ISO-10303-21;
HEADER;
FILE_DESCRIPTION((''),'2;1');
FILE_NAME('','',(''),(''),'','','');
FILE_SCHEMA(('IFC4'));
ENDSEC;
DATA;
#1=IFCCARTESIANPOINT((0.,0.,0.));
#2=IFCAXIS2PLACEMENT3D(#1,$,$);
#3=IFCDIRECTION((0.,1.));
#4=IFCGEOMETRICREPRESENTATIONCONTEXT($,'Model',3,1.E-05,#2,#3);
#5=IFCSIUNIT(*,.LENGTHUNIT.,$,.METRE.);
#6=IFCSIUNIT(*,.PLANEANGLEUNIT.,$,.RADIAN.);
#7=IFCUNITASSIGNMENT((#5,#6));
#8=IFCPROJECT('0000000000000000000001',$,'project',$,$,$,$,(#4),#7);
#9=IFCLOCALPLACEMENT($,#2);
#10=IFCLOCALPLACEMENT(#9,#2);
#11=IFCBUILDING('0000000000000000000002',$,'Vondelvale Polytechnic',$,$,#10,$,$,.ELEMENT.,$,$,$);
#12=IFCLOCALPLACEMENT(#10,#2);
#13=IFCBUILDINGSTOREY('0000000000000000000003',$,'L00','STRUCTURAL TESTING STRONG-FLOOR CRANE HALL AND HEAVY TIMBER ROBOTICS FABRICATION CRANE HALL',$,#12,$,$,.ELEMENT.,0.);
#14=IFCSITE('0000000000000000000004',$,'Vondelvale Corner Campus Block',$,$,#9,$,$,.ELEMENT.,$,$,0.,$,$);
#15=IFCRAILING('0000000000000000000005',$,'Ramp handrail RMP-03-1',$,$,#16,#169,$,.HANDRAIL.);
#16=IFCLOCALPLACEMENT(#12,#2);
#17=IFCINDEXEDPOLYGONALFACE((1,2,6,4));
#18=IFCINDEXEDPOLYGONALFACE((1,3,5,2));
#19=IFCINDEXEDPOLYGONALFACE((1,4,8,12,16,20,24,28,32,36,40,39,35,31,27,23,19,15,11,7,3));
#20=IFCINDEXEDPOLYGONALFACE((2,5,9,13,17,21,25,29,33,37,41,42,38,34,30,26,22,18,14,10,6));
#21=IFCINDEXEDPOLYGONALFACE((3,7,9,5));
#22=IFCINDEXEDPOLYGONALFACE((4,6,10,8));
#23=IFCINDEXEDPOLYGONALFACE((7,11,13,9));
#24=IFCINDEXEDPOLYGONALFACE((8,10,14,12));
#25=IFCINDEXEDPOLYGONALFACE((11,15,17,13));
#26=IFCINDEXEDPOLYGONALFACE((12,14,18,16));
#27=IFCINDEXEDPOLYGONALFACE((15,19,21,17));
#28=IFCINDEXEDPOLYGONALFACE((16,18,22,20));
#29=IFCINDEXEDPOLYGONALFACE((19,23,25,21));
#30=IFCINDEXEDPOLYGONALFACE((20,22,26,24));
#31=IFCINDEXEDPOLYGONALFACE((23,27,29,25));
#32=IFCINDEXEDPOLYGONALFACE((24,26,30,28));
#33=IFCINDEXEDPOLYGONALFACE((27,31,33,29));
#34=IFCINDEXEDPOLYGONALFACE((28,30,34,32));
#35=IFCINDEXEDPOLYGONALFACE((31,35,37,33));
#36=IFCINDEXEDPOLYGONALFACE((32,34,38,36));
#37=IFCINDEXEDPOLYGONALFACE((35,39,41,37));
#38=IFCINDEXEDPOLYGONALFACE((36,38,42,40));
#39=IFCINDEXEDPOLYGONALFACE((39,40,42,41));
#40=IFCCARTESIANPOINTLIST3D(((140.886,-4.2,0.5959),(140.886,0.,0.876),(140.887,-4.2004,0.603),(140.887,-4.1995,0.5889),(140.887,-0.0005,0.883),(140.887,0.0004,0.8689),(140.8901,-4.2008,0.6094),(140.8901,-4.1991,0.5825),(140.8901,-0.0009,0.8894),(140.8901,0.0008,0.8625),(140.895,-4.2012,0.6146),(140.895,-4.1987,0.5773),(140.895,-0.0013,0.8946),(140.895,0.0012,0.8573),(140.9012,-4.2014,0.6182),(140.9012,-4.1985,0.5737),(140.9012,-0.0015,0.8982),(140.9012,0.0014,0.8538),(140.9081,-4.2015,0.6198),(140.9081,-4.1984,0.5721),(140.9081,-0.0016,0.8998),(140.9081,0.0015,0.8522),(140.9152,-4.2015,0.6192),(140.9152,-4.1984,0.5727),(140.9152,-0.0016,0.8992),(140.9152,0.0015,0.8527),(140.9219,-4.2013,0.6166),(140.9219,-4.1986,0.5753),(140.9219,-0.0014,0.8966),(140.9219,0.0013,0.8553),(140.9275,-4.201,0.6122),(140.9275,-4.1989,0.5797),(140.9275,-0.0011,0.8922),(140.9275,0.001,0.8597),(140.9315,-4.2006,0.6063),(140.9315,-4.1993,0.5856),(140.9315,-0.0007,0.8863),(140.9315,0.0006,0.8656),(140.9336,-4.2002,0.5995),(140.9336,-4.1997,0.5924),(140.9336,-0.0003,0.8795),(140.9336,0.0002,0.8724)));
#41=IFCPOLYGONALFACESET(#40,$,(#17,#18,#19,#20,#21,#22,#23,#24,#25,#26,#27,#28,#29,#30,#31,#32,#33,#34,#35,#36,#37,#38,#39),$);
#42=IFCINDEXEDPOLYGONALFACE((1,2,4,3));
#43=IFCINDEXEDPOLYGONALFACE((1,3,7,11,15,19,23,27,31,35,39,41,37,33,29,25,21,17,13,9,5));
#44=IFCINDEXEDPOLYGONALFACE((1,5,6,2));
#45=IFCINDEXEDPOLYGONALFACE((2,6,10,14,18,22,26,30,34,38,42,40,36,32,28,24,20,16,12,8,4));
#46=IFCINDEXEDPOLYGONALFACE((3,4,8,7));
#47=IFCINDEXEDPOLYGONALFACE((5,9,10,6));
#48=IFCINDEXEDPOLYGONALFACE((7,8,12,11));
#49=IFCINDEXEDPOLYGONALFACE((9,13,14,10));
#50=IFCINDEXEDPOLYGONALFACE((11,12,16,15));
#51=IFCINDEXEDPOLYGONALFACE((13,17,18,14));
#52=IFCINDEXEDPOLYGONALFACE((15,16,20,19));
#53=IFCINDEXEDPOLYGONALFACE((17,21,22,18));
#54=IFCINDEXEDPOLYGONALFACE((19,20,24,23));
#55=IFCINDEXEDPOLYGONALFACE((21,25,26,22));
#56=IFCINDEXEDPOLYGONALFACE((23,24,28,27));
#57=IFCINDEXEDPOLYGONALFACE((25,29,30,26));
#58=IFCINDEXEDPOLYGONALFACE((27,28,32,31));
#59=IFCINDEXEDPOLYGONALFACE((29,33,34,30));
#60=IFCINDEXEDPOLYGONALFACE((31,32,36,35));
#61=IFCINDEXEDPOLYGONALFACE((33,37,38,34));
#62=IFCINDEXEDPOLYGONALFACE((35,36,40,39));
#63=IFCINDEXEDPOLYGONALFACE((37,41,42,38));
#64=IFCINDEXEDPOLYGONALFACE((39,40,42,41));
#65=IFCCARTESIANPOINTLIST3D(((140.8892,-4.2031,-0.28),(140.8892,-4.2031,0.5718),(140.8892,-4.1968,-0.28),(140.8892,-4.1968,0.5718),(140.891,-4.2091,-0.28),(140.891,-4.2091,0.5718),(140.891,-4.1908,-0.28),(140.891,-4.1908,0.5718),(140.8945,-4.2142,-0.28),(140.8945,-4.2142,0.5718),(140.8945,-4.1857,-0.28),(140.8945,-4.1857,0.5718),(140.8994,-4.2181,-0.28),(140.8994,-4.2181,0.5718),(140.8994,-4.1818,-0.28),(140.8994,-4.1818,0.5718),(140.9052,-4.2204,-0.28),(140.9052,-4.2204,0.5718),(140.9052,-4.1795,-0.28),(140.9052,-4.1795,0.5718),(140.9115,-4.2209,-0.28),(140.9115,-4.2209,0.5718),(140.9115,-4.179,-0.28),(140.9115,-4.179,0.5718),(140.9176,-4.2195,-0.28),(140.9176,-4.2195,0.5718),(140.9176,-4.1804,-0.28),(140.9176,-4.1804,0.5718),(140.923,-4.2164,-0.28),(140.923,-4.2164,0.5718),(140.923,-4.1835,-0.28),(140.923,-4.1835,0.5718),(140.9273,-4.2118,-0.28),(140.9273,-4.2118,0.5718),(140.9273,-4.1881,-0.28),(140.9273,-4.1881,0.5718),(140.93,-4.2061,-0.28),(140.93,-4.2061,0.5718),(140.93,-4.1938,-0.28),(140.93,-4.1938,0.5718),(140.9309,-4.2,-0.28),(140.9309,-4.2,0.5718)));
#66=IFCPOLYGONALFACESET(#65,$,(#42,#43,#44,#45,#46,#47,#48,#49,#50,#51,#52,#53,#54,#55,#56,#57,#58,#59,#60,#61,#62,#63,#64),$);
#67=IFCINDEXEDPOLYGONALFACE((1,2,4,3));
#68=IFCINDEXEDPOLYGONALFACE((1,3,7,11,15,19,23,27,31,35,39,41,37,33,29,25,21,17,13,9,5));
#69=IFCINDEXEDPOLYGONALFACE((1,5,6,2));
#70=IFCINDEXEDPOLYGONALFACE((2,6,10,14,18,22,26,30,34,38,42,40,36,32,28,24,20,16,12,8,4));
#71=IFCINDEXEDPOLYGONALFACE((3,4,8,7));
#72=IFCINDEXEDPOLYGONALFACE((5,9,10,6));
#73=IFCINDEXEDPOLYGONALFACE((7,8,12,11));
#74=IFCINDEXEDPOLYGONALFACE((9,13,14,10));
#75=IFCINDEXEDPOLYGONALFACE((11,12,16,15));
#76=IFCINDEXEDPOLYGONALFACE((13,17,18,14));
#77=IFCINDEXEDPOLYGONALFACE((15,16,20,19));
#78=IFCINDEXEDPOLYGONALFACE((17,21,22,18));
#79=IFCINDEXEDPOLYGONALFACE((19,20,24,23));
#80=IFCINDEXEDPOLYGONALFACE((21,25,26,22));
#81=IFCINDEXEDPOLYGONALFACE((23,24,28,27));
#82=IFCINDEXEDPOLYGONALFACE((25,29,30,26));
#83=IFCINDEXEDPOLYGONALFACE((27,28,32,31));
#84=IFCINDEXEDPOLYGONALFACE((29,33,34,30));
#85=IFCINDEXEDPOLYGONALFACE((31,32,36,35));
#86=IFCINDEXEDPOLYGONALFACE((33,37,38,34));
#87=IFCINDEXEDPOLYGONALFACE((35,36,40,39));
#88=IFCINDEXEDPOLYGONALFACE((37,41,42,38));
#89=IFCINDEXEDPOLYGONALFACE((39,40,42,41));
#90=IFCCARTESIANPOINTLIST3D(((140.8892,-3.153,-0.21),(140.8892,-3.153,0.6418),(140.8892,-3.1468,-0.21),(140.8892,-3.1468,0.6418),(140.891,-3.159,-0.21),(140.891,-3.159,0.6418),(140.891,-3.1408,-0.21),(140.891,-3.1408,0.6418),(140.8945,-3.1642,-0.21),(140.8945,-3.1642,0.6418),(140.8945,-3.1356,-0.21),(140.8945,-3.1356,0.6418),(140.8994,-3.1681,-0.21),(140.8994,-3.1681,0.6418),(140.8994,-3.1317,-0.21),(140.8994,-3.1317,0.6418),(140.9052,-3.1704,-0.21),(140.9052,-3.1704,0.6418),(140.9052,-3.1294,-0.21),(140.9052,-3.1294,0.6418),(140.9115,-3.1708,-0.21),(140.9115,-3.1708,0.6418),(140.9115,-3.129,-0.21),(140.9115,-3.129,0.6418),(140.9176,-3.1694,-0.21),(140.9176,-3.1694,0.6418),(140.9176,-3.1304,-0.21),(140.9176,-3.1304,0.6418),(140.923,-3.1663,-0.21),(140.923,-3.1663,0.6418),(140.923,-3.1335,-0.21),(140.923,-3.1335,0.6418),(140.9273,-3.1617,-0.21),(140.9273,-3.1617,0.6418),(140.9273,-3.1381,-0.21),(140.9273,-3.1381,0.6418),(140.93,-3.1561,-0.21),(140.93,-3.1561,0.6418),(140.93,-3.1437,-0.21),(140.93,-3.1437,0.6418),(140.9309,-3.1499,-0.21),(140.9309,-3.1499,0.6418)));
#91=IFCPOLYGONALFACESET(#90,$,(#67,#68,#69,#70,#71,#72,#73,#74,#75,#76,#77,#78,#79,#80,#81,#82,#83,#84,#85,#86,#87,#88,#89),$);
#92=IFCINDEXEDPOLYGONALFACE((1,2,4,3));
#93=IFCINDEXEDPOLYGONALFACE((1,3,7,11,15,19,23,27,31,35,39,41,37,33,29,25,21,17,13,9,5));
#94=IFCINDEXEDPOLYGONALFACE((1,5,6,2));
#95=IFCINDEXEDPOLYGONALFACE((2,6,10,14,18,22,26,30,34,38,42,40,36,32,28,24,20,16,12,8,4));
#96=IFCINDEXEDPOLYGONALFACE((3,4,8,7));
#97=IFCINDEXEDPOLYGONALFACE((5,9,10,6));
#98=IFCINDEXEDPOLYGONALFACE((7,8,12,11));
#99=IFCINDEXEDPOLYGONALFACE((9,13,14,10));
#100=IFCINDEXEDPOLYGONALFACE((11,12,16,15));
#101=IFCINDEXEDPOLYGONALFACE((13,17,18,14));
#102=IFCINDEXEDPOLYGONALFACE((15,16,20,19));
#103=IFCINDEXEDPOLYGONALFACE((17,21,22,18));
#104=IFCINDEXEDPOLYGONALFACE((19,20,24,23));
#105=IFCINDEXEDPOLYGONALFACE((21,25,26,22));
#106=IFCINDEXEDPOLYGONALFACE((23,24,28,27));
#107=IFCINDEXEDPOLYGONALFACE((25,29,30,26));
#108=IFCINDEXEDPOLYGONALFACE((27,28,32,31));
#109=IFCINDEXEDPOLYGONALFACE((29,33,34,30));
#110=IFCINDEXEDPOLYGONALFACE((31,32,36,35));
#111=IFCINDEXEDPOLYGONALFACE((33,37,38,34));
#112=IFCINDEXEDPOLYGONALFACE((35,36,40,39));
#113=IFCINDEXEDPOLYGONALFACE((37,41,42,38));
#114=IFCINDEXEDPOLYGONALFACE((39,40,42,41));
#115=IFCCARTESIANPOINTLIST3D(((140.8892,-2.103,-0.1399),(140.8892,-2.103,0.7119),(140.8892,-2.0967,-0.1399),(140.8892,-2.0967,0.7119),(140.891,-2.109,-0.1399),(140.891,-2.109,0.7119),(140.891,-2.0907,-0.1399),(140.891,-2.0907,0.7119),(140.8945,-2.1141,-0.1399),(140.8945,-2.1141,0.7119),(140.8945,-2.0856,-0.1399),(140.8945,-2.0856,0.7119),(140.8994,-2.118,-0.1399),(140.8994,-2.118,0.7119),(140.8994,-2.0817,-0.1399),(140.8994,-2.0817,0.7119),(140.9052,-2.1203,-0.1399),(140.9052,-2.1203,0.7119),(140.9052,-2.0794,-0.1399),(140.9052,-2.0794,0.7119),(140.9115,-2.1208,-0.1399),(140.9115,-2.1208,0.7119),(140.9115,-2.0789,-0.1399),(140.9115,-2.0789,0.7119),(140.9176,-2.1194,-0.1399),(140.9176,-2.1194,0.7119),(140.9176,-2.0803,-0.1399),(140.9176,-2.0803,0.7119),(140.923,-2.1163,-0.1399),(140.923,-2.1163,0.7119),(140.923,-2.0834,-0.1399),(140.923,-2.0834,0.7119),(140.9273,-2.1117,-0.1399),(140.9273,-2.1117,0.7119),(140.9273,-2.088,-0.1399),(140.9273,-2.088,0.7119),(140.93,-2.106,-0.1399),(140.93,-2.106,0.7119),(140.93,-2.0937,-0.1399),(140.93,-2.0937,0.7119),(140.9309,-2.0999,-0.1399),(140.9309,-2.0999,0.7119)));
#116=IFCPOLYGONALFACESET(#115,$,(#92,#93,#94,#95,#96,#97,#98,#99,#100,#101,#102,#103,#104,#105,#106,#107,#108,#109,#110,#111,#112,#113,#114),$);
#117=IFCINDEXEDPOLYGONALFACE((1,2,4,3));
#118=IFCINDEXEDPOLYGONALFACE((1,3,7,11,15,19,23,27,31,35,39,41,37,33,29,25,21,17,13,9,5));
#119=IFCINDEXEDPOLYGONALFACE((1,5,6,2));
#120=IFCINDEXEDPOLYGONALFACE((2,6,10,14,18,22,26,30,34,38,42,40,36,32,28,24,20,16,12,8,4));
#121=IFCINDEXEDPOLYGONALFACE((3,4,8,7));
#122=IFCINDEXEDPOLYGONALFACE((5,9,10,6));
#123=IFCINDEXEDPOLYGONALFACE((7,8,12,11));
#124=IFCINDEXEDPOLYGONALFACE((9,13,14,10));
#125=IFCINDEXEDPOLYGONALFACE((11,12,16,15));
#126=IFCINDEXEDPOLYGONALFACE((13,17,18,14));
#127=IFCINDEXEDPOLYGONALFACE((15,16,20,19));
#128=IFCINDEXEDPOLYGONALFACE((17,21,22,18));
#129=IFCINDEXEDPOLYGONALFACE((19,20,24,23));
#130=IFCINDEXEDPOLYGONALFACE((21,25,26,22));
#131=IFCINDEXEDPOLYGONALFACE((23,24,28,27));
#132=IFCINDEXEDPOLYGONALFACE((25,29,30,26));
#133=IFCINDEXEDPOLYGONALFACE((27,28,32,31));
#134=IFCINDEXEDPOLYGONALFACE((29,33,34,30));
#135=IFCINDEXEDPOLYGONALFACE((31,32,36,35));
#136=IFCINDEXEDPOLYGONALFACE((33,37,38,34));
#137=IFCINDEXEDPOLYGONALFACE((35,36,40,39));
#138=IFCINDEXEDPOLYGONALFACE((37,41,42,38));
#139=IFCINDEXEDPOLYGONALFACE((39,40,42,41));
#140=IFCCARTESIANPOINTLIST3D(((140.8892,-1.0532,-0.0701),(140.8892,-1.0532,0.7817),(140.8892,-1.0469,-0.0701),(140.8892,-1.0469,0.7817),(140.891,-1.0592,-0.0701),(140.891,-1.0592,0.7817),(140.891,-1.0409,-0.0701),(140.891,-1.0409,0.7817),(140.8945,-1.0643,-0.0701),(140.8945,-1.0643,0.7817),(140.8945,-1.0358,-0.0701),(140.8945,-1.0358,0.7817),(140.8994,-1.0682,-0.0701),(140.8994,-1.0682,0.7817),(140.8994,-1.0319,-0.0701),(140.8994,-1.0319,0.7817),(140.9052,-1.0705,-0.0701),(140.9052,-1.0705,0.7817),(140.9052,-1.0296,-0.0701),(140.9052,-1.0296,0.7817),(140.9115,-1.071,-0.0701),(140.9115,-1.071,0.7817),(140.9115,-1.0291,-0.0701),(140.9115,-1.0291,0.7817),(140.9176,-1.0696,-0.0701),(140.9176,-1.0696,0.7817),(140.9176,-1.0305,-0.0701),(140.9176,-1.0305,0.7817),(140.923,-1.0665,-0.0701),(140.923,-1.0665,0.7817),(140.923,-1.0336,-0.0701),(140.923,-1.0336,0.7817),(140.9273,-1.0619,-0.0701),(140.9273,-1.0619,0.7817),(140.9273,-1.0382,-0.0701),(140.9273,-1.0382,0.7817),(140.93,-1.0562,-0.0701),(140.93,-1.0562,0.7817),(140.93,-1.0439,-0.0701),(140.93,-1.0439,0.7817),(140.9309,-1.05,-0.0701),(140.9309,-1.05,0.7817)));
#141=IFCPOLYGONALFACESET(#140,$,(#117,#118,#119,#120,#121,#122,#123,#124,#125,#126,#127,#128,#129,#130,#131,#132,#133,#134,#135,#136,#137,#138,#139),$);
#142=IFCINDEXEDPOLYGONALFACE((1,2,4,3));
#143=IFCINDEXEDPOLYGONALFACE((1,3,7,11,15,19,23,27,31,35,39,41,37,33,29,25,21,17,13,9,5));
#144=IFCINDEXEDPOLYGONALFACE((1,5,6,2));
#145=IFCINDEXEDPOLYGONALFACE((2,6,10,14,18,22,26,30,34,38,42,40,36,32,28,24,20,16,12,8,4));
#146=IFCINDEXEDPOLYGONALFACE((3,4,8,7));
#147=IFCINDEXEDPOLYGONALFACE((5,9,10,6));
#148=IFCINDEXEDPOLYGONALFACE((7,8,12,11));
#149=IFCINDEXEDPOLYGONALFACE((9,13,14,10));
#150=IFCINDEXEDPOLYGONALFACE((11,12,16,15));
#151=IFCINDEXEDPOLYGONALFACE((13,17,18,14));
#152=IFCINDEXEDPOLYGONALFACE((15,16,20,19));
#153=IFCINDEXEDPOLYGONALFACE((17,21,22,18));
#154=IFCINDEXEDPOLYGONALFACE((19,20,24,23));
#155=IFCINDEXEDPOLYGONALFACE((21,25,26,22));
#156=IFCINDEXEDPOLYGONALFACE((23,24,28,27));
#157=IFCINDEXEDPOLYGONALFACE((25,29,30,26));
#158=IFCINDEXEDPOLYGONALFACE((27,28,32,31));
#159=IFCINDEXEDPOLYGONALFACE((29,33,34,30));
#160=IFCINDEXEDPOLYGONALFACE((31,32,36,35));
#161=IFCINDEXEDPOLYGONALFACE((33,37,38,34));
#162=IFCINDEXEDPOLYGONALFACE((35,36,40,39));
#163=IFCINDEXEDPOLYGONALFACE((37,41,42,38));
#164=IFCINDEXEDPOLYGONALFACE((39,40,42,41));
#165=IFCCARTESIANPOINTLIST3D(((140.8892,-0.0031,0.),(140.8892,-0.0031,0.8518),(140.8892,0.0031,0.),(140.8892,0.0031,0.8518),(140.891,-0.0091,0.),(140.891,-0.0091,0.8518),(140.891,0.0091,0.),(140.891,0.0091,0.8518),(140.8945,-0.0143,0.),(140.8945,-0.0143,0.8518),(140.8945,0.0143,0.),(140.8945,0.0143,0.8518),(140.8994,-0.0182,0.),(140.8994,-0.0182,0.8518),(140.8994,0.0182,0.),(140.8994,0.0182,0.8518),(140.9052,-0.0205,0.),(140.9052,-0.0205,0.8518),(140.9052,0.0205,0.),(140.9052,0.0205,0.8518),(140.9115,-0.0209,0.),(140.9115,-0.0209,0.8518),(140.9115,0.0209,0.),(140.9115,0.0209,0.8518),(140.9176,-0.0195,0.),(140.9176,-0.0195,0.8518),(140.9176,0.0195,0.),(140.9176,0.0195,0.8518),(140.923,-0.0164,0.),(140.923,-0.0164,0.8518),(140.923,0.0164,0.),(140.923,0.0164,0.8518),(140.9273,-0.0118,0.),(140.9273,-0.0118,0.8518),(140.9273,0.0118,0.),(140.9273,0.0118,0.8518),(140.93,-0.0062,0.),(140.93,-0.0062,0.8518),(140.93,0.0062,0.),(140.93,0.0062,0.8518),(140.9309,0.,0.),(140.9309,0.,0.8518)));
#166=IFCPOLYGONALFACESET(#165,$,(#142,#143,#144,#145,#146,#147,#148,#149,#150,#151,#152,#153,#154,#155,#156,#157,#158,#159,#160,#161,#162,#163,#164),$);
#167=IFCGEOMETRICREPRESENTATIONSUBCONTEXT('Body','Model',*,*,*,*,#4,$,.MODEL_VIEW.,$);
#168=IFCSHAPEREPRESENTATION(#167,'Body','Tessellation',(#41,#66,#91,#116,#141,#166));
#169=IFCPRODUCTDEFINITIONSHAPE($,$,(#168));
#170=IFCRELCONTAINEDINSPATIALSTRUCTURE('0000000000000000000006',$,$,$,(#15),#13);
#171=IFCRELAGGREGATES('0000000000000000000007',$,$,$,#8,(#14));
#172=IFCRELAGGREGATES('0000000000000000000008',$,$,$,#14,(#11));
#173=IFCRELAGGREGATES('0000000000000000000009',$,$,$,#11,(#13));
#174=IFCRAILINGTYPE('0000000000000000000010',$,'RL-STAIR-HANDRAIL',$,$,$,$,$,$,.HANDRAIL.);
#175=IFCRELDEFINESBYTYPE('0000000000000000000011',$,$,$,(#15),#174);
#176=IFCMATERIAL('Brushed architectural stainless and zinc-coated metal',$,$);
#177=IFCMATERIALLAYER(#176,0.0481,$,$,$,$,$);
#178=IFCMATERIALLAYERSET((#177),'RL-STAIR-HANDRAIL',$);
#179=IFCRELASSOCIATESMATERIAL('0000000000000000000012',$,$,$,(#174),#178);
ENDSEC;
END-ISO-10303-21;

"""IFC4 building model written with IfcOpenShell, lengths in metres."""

from ifc_helpers import new_model, si_unit, direction, frame, origin, origin_2d, place, context, subcontext, project, spatial, circle, extrude, material, layer, layer_set, type_object, element, save


model = new_model("IFC4")

# Units and contexts
model_context = context("Model", 3, precision=1e-05, world=origin(), true_north=direction((0.0, 1.0)))
body_context = subcontext(model_context, "Body", "Model", "MODEL_VIEW")
ifc_project = project(units=[si_unit("LENGTHUNIT", "METRE"), si_unit("PLANEANGLEUNIT", "RADIAN")], contexts=[model_context])

# Site, building, storey
site_placement = place(None, origin())
site = spatial("IfcSite", under=ifc_project, at=site_placement, Name="Vondelvale Corner Campus Block", CompositionType="ELEMENT", RefElevation=0.0)
building_placement = place(site_placement, origin())
building = spatial("IfcBuilding", under=site, at=building_placement, Name="Vondelvale Polytechnic", CompositionType="ELEMENT")
storey_placement = place(building_placement, origin())
storey = spatial("IfcBuildingStorey", under=building, at=storey_placement, Name="L00", Description="STRUCTURAL TESTING STRONG-FLOOR CRANE HALL AND HEAVY TIMBER ROBOTICS FABRICATION CRANE HALL", CompositionType="ELEMENT", Elevation=0.0)

# Railing
ifc_material_1 = material(Name="Brushed architectural stainless and zinc-coated metal")
ifc_layer_1 = layer(ifc_material_1, 0.0481)
ifc_layer_set_1 = layer_set([ifc_layer_1], Name="RL-STAIR-HANDRAIL")
railing_type = type_object("IfcRailingType", Name="RL-STAIR-HANDRAIL", PredefinedType="HANDRAIL", material=ifc_layer_set_1)
for number, where, name in (
    (1, (140.9099, -4.2, -0.28), "Ramp handrail RMP-03-1"),
):
    element("IfcRailing", number, at=place(storey_placement, frame(where)), inside=storey, type_object=railing_type, Name=name, PredefinedType="HANDRAIL", context=body_context, shape_type="SweptSolid", body=[
        extrude(circle(Radius=0.0239, at=origin_2d()), frame((0.0, 0.0, 0.876), z_axis=(0.0, 0.997785, 0.066527), x_axis=(-1.0, 0.0, 0.0)), (0.0, 0.0, 1.0), 4.2092),
        extrude(circle(Radius=0.021, at=origin_2d()), origin(), (0.0, 0.0, 1.0), 0.8518),
        extrude(circle(Radius=0.021, at=origin_2d()), frame((0.0, 1.05, 0.0701)), (0.0, 0.0, 1.0), 0.8518),
        extrude(circle(Radius=0.021, at=origin_2d()), frame((0.0, 2.1001, 0.1401)), (0.0, 0.0, 1.0), 0.8518),
        extrude(circle(Radius=0.021, at=origin_2d()), frame((0.0, 3.1499, 0.21)), (0.0, 0.0, 1.0), 0.8518),
        extrude(circle(Radius=0.021, at=origin_2d()), frame((0.0, 4.2, 0.28)), (0.0, 0.0, 1.0), 0.8518),
    ])

save(model, "model.ifc")
